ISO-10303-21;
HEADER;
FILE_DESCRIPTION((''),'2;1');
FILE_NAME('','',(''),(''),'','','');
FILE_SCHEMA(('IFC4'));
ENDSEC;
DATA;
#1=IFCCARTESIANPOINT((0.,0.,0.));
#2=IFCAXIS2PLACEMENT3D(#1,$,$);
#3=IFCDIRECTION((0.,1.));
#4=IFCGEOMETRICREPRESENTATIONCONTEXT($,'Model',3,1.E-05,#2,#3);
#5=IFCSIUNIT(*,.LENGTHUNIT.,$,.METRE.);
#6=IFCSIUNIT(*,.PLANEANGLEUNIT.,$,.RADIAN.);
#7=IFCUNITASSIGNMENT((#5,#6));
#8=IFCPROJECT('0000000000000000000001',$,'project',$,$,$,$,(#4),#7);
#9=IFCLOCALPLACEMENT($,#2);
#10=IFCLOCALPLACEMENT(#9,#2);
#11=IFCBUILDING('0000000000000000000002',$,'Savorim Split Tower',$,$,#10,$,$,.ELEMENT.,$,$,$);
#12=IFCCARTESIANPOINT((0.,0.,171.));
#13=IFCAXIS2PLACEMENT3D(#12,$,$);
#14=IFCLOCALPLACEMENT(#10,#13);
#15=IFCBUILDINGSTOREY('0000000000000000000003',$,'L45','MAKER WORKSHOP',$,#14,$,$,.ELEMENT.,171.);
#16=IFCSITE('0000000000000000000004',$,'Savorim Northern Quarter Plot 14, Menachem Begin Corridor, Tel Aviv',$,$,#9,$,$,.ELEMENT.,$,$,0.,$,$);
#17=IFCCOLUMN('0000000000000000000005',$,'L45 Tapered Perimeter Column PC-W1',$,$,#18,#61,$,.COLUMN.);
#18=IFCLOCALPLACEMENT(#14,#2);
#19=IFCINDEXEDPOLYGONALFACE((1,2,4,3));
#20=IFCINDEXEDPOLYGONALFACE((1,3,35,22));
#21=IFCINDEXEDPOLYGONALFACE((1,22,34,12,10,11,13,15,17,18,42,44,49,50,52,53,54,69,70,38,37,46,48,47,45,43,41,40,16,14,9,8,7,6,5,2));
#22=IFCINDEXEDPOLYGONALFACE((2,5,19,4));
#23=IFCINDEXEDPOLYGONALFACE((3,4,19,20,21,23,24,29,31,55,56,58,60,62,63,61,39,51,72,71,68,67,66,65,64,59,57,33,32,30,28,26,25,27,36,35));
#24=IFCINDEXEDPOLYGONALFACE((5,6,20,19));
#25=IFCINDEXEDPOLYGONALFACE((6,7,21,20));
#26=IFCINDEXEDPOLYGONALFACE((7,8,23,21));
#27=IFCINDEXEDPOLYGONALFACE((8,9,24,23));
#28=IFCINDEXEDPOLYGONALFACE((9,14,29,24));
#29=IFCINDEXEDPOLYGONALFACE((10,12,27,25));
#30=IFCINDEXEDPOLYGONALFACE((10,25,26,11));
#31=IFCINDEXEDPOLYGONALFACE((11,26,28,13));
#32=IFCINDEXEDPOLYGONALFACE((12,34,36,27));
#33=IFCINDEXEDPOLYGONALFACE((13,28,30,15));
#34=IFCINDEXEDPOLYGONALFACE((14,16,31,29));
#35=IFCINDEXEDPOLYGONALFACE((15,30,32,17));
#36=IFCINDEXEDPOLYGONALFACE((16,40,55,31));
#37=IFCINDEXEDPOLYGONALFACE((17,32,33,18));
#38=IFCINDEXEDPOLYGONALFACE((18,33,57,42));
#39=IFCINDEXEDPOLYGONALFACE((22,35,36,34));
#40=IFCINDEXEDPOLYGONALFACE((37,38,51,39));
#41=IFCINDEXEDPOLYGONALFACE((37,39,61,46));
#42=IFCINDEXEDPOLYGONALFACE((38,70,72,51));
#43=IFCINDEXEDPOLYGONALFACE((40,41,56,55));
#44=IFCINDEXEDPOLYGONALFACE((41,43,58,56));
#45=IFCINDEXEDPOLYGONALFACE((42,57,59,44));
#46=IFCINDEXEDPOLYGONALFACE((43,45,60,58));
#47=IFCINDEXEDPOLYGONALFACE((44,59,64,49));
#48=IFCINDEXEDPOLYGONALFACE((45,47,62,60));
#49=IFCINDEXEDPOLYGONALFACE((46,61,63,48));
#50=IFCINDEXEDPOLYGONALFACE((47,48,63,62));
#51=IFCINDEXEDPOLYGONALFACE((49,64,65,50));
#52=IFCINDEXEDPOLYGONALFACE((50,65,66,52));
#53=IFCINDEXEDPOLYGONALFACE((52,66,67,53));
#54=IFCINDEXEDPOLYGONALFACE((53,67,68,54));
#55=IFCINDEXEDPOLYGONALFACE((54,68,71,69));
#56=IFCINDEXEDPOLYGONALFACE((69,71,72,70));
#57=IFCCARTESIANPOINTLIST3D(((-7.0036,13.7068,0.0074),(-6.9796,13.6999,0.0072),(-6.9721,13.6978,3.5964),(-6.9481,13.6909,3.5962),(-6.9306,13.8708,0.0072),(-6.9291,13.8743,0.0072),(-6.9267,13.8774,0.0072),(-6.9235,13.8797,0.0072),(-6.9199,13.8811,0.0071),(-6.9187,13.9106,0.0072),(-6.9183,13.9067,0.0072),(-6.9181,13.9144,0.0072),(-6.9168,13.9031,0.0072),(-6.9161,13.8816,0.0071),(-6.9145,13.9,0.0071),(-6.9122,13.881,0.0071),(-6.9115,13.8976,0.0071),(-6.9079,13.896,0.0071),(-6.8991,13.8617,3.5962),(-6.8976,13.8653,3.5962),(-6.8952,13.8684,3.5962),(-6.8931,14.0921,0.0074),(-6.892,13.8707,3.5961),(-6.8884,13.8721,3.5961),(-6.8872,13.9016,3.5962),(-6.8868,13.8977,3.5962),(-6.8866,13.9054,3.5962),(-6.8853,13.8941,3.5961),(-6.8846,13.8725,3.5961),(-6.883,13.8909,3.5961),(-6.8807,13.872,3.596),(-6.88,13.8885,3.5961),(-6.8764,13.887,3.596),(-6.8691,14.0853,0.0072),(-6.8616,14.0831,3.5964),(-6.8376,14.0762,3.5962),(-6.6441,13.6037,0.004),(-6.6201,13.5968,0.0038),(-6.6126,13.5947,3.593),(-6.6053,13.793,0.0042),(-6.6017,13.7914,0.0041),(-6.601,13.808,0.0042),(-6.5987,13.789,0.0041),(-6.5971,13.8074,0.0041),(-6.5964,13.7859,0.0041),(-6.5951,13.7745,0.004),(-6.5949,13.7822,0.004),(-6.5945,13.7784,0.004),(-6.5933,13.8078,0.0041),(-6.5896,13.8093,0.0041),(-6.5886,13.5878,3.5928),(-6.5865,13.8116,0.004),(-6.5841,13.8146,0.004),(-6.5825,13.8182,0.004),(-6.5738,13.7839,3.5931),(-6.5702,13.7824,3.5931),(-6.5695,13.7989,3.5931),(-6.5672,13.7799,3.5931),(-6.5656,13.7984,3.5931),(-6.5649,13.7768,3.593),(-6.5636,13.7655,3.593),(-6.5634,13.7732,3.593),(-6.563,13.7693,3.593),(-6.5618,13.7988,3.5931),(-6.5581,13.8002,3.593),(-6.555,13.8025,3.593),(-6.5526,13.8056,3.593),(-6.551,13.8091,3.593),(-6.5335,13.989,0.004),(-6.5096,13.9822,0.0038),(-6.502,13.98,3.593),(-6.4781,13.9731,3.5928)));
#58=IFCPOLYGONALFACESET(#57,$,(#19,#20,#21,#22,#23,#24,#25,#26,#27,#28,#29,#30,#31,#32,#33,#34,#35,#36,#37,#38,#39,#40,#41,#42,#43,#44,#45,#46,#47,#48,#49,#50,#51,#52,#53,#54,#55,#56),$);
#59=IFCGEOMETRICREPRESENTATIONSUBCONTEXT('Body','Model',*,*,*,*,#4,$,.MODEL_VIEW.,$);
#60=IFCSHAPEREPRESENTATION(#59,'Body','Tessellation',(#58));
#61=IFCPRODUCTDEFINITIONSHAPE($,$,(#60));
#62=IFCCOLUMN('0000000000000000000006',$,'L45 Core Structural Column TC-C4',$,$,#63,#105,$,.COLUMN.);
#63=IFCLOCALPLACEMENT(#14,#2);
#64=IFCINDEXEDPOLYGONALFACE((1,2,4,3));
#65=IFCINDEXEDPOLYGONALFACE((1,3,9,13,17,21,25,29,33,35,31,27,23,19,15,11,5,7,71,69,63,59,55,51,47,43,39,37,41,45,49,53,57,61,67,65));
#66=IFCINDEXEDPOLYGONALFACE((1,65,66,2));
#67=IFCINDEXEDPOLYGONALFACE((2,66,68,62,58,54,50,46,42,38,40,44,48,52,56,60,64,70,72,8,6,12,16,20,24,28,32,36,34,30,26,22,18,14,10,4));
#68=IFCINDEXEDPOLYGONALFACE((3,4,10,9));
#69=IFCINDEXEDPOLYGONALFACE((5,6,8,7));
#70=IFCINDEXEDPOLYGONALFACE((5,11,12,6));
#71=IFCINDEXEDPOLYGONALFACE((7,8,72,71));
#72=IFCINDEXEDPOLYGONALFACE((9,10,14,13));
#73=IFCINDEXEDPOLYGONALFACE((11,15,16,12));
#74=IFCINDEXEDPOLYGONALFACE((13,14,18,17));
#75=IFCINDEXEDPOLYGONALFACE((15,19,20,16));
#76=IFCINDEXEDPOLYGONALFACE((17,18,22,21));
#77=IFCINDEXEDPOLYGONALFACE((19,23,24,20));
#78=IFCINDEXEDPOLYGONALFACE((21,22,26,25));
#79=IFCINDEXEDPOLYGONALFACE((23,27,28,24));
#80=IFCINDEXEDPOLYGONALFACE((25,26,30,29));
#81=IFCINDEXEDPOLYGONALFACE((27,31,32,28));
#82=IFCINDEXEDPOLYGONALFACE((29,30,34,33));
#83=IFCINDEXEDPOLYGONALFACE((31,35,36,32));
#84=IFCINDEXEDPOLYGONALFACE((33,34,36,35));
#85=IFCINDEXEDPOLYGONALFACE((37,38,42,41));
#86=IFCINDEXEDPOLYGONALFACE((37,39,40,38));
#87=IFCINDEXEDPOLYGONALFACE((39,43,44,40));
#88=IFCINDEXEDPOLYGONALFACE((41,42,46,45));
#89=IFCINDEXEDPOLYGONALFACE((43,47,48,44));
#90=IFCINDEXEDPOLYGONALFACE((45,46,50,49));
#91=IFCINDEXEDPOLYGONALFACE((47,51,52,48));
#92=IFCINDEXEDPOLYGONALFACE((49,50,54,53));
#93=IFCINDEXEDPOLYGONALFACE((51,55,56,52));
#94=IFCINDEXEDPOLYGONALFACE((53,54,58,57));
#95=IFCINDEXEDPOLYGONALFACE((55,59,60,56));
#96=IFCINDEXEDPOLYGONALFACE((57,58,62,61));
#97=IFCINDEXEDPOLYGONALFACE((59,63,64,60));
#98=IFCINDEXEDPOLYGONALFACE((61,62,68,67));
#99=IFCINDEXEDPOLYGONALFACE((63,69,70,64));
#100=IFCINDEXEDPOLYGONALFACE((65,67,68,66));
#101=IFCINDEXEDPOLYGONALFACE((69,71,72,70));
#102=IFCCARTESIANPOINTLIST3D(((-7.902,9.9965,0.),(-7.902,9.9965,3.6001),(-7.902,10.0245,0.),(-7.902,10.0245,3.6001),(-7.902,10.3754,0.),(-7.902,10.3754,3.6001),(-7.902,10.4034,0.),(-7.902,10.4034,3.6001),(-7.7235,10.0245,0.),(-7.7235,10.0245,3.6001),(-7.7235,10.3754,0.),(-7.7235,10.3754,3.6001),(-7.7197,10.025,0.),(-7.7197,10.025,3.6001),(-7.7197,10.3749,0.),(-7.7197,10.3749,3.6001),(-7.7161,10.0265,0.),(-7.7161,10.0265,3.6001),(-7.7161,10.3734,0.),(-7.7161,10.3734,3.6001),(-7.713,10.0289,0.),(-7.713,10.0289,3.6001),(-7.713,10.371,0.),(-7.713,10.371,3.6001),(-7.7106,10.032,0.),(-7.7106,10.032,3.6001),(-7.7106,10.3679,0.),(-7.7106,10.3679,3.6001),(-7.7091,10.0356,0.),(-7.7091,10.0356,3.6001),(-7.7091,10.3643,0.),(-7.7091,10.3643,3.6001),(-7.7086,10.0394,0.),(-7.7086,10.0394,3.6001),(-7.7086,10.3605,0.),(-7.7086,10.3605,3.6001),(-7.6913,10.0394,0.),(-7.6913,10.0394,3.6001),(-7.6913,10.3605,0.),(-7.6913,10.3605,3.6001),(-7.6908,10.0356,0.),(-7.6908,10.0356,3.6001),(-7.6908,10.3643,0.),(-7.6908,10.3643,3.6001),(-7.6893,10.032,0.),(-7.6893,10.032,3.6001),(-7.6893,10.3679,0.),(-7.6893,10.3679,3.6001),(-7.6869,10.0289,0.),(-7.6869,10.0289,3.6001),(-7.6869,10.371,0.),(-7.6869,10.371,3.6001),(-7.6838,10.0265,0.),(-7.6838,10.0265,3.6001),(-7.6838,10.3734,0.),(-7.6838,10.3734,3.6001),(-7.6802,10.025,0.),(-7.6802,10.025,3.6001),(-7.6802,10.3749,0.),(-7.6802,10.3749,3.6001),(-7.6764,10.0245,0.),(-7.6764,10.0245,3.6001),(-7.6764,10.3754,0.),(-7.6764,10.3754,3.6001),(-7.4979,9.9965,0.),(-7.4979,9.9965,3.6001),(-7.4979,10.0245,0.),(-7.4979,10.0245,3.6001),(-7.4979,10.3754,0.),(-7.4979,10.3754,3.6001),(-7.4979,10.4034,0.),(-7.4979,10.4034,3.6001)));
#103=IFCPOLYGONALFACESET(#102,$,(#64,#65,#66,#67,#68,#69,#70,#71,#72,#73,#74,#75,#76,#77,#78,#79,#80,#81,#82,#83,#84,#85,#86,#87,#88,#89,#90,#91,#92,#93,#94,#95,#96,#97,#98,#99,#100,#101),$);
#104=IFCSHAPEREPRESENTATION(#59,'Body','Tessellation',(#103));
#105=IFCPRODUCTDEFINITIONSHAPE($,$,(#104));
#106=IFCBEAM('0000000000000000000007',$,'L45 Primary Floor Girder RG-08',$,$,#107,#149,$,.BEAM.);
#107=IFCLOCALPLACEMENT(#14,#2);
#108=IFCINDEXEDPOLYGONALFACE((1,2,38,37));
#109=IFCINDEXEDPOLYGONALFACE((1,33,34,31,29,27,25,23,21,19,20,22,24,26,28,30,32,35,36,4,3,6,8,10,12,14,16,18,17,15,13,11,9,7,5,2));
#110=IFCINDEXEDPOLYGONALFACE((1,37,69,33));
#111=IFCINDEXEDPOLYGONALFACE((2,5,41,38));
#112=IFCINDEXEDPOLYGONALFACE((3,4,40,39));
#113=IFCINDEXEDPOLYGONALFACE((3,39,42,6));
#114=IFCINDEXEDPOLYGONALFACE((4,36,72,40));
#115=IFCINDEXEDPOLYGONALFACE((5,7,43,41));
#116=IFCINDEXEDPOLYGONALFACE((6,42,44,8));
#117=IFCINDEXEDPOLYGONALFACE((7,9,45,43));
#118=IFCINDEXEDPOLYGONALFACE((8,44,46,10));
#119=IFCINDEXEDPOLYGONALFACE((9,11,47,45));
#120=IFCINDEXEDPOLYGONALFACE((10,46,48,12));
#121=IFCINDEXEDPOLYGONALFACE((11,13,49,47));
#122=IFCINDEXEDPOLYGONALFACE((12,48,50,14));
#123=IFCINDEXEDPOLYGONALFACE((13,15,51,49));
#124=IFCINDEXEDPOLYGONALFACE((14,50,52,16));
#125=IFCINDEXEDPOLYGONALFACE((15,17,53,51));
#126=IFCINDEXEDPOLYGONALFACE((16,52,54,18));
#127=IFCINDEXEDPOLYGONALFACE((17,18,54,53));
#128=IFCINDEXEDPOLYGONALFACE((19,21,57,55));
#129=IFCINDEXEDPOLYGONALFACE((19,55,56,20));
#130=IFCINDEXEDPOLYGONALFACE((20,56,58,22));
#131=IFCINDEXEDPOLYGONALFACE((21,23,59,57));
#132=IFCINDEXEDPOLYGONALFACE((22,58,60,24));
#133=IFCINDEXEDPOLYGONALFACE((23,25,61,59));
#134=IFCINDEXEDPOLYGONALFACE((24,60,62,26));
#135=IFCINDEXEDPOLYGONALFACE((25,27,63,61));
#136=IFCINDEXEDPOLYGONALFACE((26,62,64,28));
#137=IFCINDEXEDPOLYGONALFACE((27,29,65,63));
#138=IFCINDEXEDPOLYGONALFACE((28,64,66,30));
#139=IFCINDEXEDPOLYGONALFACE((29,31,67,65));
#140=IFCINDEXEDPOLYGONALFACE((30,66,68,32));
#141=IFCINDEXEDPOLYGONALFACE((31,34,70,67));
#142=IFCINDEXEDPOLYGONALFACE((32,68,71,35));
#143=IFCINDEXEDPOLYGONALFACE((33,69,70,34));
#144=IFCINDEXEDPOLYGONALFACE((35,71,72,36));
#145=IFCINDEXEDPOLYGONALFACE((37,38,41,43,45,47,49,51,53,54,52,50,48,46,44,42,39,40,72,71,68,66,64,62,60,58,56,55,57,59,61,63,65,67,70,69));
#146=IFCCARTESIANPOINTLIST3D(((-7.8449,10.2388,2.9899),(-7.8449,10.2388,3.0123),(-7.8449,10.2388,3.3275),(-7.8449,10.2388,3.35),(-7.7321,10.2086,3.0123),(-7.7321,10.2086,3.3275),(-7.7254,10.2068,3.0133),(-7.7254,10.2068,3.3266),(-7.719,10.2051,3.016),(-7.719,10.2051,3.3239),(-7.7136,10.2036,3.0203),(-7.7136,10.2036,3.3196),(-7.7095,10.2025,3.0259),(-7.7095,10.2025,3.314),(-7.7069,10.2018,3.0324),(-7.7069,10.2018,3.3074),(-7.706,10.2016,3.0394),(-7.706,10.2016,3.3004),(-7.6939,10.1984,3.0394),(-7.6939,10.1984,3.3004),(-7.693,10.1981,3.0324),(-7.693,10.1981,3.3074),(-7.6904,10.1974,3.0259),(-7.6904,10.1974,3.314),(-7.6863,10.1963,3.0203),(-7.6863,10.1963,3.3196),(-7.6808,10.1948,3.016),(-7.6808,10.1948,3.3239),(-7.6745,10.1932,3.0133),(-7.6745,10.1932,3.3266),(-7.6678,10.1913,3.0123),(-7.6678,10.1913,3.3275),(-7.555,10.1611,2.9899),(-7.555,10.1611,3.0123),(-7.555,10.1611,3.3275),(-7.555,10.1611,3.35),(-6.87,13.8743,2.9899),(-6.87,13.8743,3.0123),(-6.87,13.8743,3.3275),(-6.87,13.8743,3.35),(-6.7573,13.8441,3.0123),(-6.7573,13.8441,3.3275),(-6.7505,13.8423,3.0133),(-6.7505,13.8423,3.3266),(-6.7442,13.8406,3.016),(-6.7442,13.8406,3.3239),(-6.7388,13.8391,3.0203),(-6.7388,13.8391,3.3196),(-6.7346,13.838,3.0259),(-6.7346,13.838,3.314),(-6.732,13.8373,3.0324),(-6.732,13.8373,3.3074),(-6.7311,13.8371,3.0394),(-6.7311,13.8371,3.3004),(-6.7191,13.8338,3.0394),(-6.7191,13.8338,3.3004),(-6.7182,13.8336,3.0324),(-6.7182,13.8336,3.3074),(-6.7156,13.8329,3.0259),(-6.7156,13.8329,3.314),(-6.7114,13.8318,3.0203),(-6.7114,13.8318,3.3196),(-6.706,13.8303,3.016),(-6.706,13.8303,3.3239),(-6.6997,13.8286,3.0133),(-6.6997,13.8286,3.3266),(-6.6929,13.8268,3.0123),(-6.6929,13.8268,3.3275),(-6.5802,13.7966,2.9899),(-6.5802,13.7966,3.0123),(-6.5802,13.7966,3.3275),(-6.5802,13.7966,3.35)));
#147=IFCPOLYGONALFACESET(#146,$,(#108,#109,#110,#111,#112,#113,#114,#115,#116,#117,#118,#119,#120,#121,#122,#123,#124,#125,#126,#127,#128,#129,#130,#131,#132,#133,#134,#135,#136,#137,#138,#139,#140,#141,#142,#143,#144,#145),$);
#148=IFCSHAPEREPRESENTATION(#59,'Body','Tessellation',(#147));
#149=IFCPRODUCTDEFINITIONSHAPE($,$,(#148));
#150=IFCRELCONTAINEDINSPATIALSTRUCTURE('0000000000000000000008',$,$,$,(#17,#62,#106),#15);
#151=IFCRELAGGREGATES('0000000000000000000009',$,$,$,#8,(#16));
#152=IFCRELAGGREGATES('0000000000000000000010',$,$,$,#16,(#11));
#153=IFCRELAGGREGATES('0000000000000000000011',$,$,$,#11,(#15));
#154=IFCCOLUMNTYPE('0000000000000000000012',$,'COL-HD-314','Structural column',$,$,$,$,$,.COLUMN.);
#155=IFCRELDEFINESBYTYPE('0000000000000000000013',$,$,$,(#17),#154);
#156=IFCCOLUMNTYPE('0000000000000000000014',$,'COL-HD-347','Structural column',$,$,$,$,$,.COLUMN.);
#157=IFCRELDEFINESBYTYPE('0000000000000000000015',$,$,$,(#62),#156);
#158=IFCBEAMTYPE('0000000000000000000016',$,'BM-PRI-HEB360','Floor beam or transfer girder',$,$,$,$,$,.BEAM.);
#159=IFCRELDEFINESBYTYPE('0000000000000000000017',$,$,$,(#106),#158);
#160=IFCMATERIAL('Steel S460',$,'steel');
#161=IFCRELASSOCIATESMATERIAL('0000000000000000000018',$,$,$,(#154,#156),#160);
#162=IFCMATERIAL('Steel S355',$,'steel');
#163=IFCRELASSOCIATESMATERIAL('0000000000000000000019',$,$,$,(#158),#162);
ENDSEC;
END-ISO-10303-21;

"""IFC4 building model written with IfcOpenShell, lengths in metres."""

from ifc_helpers import new_model, si_unit, direction, frame, origin, origin_2d, place, context, subcontext, project, spatial, i_section, extrude, material, material_profile, profile_set, type_object, element, save


model = new_model("IFC4")

# Units and contexts
model_context = context("Model", 3, precision=1e-05, world=origin(), true_north=direction((0.0, 1.0)))
body_context = subcontext(model_context, "Body", "Model", "MODEL_VIEW")
ifc_project = project(units=[si_unit("LENGTHUNIT", "METRE"), si_unit("PLANEANGLEUNIT", "RADIAN")], contexts=[model_context])

# Site, building, storey
site_placement = place(None, origin())
site = spatial("IfcSite", under=ifc_project, at=site_placement, Name="Savorim Northern Quarter Plot 14, Menachem Begin Corridor, Tel Aviv", CompositionType="ELEMENT", RefElevation=0.0)
building_placement = place(site_placement, origin())
building = spatial("IfcBuilding", under=site, at=building_placement, Name="Savorim Split Tower", CompositionType="ELEMENT")
storey_placement = place(building_placement, frame((0.0, 0.0, 171.0)))
storey = spatial("IfcBuildingStorey", under=building, at=storey_placement, Name="L45", Description="MAKER WORKSHOP", CompositionType="ELEMENT", Elevation=171.0)

# Columns
ifc_material_1 = material(Name="Steel S460", Category="steel")
ifc_material_profile_1 = material_profile(ifc_material_1, i_section(OverallWidth=0.4009, OverallDepth=0.3989, WebThickness=0.0156, FlangeThickness=0.0249, FilletRadius=0.0149, at=origin_2d()), Name="HD 400x314")
ifc_profile_set_1 = profile_set([ifc_material_profile_1], Name="Steel S460")
column_type_1 = type_object("IfcColumnType", Name="COL-HD-314", Description="Structural column", PredefinedType="COLUMN", material=ifc_profile_set_1)
column_1_placement = place(storey_placement, frame((-6.7566, 13.8445, 0.0056), z_axis=(0.008775, -0.002517, 0.999958), x_axis=(0.275705, 0.961242, 0.0)))
element("IfcColumn", 1, at=column_1_placement, inside=storey, type_object=column_type_1, Name="L45 Tapered Perimeter Column PC-W1", PredefinedType="COLUMN", context=body_context, shape_type="SweptSolid", body=[
    extrude(i_section(OverallWidth=0.4009, OverallDepth=0.3989, WebThickness=0.0156, FlangeThickness=0.0249, FilletRadius=0.0149, at=origin_2d()), origin(), (0.0, 0.0, 1.0), 3.5891),
])
ifc_material_profile_2 = material_profile(ifc_material_1, i_section(OverallWidth=0.4041, OverallDepth=0.407, WebThickness=0.0173, FlangeThickness=0.0281, FilletRadius=0.0149, at=origin_2d()), Name="HD 400x347")
ifc_profile_set_2 = profile_set([ifc_material_profile_2], Name="Steel S460")
column_type_2 = type_object("IfcColumnType", Name="COL-HD-347", Description="Structural column", PredefinedType="COLUMN", material=ifc_profile_set_2)
column_2_placement = place(storey_placement, frame((-7.7, 10.2, 0.0), z_axis=(0.0, 0.0, 1.0), x_axis=(1.0, 0.0, 0.0)))
element("IfcColumn", 2, at=column_2_placement, inside=storey, type_object=column_type_2, Name="L45 Core Structural Column TC-C4", PredefinedType="COLUMN", context=body_context, shape_type="SweptSolid", body=[
    extrude(i_section(OverallWidth=0.4041, OverallDepth=0.407, WebThickness=0.0173, FlangeThickness=0.0281, FilletRadius=0.0149, at=origin_2d()), origin(), (0.0, 0.0, 1.0), 3.6001),
])

# Beam
ifc_material_2 = material(Name="Steel S355", Category="steel")
ifc_material_profile_3 = material_profile(ifc_material_2, i_section(OverallWidth=0.3, OverallDepth=0.3601, WebThickness=0.0125, FlangeThickness=0.0225, FilletRadius=0.0271, at=origin_2d()), Name="HEB 360")
ifc_profile_set_3 = profile_set([ifc_material_profile_3], Name="Steel S355")
beam_type_1 = type_object("IfcBeamType", Name="BM-PRI-HEB360", Description="Floor beam or transfer girder", PredefinedType="BEAM", material=ifc_profile_set_3)
beam_1_placement = place(storey_placement, frame((-6.7251, 13.8354, 3.1699), z_axis=(-0.258999, -0.965878, 0.0), x_axis=(0.965878, -0.258999, 0.0)))
element("IfcBeam", 3, at=beam_1_placement, inside=storey, type_object=beam_type_1, Name="L45 Primary Floor Girder RG-08", PredefinedType="BEAM", context=body_context, shape_type="SweptSolid", body=[
    extrude(i_section(OverallWidth=0.3, OverallDepth=0.3601, WebThickness=0.0125, FlangeThickness=0.0225, FilletRadius=0.0271, at=origin_2d()), origin(), (0.0, 0.0, 1.0), 3.7639),
])

save(model, "model.ifc")
